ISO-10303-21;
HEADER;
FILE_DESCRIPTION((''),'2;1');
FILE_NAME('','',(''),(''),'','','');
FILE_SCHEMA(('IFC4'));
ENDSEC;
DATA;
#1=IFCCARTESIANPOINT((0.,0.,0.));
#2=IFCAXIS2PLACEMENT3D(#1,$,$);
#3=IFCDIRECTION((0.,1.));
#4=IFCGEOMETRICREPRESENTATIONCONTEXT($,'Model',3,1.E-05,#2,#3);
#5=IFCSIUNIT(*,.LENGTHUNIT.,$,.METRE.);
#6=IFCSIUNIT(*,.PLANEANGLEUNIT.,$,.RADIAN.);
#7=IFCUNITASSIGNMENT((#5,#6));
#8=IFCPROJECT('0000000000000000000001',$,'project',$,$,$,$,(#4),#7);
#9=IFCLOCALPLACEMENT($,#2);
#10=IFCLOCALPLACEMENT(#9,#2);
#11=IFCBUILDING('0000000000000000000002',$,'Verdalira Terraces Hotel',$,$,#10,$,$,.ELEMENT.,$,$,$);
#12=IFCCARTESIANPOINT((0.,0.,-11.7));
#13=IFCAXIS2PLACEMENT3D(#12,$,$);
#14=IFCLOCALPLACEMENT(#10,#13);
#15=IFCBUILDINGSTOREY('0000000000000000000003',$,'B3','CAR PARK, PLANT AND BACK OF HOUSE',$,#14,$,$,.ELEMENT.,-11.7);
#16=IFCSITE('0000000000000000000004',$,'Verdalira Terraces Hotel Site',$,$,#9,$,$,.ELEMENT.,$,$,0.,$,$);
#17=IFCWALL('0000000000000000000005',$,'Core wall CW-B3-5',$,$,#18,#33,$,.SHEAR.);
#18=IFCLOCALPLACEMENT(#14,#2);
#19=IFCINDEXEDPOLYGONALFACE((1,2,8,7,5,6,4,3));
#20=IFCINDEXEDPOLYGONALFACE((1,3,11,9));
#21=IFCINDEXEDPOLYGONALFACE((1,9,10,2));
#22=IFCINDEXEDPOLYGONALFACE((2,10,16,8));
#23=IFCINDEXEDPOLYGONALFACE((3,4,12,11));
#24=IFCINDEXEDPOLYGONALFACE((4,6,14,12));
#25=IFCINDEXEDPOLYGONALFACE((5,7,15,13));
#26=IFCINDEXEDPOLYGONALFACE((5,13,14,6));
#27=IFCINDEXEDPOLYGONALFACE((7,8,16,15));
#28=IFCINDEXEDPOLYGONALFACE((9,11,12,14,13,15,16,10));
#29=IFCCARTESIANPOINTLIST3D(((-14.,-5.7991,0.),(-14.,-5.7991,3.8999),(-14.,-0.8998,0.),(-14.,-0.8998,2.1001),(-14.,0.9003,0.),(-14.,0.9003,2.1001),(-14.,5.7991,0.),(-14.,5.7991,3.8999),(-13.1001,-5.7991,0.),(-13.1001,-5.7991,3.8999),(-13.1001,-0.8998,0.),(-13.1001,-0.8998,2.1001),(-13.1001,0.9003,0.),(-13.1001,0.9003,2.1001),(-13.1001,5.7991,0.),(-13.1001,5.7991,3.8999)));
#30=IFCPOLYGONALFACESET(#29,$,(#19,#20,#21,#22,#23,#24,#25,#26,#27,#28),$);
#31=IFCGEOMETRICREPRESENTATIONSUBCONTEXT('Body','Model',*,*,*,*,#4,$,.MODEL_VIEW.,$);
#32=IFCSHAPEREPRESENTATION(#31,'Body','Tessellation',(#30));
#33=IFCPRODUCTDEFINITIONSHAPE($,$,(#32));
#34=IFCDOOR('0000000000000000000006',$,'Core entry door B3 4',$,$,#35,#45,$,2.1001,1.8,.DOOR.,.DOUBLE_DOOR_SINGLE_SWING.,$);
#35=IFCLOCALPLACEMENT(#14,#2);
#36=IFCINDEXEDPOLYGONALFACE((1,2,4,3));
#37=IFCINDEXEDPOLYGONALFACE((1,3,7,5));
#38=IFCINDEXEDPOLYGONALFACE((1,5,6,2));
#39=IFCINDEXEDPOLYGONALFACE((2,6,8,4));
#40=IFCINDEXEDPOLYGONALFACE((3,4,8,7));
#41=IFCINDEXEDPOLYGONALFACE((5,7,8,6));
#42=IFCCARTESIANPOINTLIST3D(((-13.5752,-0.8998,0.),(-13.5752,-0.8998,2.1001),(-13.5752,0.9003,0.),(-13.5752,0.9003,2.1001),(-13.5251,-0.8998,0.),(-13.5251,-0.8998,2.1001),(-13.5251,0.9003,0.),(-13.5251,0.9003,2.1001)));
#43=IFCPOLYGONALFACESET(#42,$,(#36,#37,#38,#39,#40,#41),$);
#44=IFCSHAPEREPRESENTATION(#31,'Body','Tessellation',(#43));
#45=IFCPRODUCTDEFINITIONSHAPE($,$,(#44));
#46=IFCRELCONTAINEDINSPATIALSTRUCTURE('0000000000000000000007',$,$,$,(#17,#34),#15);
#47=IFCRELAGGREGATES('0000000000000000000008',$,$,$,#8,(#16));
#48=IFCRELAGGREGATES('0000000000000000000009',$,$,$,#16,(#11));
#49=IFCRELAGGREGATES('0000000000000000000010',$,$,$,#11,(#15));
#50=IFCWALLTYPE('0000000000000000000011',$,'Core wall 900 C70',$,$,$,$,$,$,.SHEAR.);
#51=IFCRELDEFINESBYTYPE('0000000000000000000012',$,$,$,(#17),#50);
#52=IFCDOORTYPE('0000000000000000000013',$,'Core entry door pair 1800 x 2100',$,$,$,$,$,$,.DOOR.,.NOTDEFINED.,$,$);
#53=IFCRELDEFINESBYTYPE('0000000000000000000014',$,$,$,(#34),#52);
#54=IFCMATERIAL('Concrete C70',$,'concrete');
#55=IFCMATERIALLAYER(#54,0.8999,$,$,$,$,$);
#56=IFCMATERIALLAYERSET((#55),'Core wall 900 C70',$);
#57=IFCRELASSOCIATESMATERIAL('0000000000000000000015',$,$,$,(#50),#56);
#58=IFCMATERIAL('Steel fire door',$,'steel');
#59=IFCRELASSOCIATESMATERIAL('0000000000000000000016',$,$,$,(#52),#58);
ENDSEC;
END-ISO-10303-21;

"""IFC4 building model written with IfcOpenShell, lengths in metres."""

from ifc_helpers import new_model, si_unit, direction, frame, frame_2d, origin, place, context, subcontext, project, spatial, rectangle, extrude, material, layer, layer_set, type_object, element, fill, save


model = new_model("IFC4")

# Units and contexts
model_context = context("Model", 3, precision=1e-05, world=origin(), true_north=direction((0.0, 1.0)))
body_context = subcontext(model_context, "Body", "Model", "MODEL_VIEW")
ifc_project = project(units=[si_unit("LENGTHUNIT", "METRE"), si_unit("PLANEANGLEUNIT", "RADIAN")], contexts=[model_context])

# Site, building, storey
site_placement = place(None, origin())
site = spatial("IfcSite", under=ifc_project, at=site_placement, Name="Verdalira Terraces Hotel Site", CompositionType="ELEMENT", RefElevation=0.0)
building_placement = place(site_placement, origin())
building = spatial("IfcBuilding", under=site, at=building_placement, Name="Verdalira Terraces Hotel", CompositionType="ELEMENT")
storey_placement = place(building_placement, frame((0.0, 0.0, -11.7)))
storey = spatial("IfcBuildingStorey", under=building, at=storey_placement, Name="B3", Description="CAR PARK, PLANT AND BACK OF HOUSE", CompositionType="ELEMENT", Elevation=-11.7)

# Wall, opening, door
ifc_material_1 = material(Name="Concrete C70", Category="concrete")
ifc_layer_1 = layer(ifc_material_1, 0.8999)
ifc_layer_set_1 = layer_set([ifc_layer_1], Name="Core wall 900 C70")
wall_type_1 = type_object("IfcWallType", Name="Core wall 900 C70", PredefinedType="SHEAR", material=ifc_layer_set_1)
wall_1_placement = place(storey_placement, frame((-13.55, 5.7991, 0.0), z_axis=(0.0, 0.0, 1.0), x_axis=(0.0, -1.0, 0.0)))
wall_1 = element("IfcWall", 1, at=wall_1_placement, inside=storey, type_object=wall_type_1, Name="Core wall CW-B3-5", PredefinedType="SHEAR", context=body_context, shape_type="SweptSolid", body=[
    extrude(rectangle(XDim=11.5981, YDim=0.8999, at=frame_2d((5.7991, 0.0))), origin(), (0.0, 0.0, 1.0), 3.8999),
])
opening_1_placement = place(wall_1_placement, frame((4.8989, 0.0, 0.0)))
opening_1 = element("IfcOpeningElement", 2, at=opening_1_placement, cuts=wall_1, PredefinedType="OPENING", context=body_context, shape_type="SweptSolid", body=[
    extrude(rectangle(XDim=1.8, YDim=2.1001, at=frame_2d((0.8999, 1.05))), frame((0.0, 0.46, 0.0), z_axis=(0.0, -1.0, 0.0), x_axis=(1.0, 0.0, 0.0)), (0.0, 0.0, 1.0), 0.9199),
])
ifc_material_2 = material(Name="Steel fire door", Category="steel")
door_type_1 = type_object("IfcDoorType", Name="Core entry door pair 1800 x 2100", OperationType="NOTDEFINED", PredefinedType="DOOR", material=ifc_material_2)
door_1_placement = place(opening_1_placement, origin())
door_1 = element("IfcDoor", 3, at=door_1_placement, inside=storey, type_object=door_type_1, Name="Core entry door B3 4", OperationType="DOUBLE_DOOR_SINGLE_SWING", OverallHeight=2.1001, OverallWidth=1.8, PredefinedType="DOOR", context=body_context, shape_type="SweptSolid", body=[
    extrude(rectangle(XDim=1.8, YDim=2.1001, at=frame_2d((0.8999, 1.05))), frame((0.0, 0.0249, 0.0), z_axis=(0.0, -1.0, 0.0), x_axis=(1.0, 0.0, 0.0)), (0.0, 0.0, 1.0), 0.05),
])
fill(opening_1, door_1)

save(model, "model.ifc")
